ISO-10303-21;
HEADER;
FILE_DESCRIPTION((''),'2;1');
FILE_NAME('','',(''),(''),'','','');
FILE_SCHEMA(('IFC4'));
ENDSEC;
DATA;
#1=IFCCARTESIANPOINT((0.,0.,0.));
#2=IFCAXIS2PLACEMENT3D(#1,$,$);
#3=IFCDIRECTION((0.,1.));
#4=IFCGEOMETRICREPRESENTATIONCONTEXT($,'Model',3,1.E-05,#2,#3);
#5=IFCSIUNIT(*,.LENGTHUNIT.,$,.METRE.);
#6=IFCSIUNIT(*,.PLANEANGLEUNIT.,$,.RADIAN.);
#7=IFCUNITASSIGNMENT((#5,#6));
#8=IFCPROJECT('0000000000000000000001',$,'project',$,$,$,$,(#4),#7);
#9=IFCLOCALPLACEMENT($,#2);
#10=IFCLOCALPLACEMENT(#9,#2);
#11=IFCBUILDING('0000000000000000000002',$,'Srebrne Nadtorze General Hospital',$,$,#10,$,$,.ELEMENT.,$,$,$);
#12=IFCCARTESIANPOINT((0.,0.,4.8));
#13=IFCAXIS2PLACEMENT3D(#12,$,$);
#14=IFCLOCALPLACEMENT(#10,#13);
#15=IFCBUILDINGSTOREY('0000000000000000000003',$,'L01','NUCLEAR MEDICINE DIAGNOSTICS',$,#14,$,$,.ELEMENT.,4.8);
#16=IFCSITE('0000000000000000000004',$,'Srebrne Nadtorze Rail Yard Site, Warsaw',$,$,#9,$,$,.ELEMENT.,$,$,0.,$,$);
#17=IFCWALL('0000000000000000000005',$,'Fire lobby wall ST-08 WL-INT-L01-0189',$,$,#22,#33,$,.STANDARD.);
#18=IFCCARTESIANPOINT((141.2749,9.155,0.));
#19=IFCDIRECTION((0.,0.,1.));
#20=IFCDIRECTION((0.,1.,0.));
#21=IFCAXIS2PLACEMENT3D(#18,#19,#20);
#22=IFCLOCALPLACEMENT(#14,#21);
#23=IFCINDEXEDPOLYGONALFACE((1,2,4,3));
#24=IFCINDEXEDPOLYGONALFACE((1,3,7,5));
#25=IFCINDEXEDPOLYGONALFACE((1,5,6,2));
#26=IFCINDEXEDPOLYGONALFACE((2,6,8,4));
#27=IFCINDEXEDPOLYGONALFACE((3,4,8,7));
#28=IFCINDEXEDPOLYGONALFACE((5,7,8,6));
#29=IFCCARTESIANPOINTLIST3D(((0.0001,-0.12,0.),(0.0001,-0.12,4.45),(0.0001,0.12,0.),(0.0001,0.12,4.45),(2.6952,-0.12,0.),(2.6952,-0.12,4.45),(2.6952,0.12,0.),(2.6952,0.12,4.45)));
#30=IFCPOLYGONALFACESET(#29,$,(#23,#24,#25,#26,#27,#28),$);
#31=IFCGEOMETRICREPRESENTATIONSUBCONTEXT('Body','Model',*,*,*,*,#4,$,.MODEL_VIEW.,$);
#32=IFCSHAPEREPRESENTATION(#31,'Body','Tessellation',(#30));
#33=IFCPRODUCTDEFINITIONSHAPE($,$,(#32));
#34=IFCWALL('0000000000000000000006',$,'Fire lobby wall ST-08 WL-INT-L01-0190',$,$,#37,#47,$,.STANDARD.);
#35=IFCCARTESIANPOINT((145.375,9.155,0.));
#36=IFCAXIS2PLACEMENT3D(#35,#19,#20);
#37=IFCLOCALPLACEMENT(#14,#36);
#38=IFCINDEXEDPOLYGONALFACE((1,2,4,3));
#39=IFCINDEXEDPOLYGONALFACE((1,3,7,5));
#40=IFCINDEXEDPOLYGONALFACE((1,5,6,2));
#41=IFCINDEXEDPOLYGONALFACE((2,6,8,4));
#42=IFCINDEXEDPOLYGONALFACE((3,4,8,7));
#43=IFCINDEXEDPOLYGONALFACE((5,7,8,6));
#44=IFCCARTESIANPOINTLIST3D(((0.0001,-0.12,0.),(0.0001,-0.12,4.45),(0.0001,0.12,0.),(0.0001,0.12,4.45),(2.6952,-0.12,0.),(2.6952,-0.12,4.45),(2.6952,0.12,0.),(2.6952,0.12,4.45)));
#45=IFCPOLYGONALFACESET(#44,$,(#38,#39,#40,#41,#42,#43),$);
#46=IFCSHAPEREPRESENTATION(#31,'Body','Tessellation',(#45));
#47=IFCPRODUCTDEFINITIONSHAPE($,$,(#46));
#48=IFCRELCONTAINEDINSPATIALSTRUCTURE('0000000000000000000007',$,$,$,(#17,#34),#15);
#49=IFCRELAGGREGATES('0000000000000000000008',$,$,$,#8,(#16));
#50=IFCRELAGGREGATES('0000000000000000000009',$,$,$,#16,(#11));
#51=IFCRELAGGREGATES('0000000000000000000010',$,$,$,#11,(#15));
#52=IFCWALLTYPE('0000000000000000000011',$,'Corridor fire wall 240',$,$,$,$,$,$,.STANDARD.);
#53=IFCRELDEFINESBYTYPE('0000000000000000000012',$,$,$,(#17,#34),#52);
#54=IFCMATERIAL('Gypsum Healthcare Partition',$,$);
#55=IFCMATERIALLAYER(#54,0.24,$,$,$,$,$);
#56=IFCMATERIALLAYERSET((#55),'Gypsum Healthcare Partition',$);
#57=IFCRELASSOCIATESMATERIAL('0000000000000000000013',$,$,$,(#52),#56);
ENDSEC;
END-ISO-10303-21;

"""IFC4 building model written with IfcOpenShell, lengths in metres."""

from ifc_helpers import new_model, si_unit, direction, frame, frame_2d, origin, place, context, subcontext, project, spatial, rectangle, extrude, material, layer, layer_set, type_object, element, save


model = new_model("IFC4")

# Units and contexts
model_context = context("Model", 3, precision=1e-05, world=origin(), true_north=direction((0.0, 1.0)))
body_context = subcontext(model_context, "Body", "Model", "MODEL_VIEW")
ifc_project = project(units=[si_unit("LENGTHUNIT", "METRE"), si_unit("PLANEANGLEUNIT", "RADIAN")], contexts=[model_context])

# Site, building, storey
site_placement = place(None, origin())
site = spatial("IfcSite", under=ifc_project, at=site_placement, Name="Srebrne Nadtorze Rail Yard Site, Warsaw", CompositionType="ELEMENT", RefElevation=0.0)
building_placement = place(site_placement, origin())
building = spatial("IfcBuilding", under=site, at=building_placement, Name="Srebrne Nadtorze General Hospital", CompositionType="ELEMENT")
storey_placement = place(building_placement, frame((0.0, 0.0, 4.8)))
storey = spatial("IfcBuildingStorey", under=building, at=storey_placement, Name="L01", Description="NUCLEAR MEDICINE DIAGNOSTICS", CompositionType="ELEMENT", Elevation=4.8)

# Walls
ifc_material_1 = material(Name="Gypsum Healthcare Partition")
ifc_layer_1 = layer(ifc_material_1, 0.24)
ifc_layer_set_1 = layer_set([ifc_layer_1], Name="Gypsum Healthcare Partition")
wall_type_1 = type_object("IfcWallType", Name="Corridor fire wall 240", PredefinedType="STANDARD", material=ifc_layer_set_1)
for number, where, z_axis, x_axis, name in (
    (1, (141.2749, 9.155, 0.0), (0.0, 0.0, 1.0), (0.0, 1.0, 0.0), "Fire lobby wall ST-08 WL-INT-L01-0189"),
    (2, (145.375, 9.155, 0.0), (0.0, 0.0, 1.0), (0.0, 1.0, 0.0), "Fire lobby wall ST-08 WL-INT-L01-0190"),
):
    element("IfcWall", number, at=place(storey_placement, frame(where, z_axis=z_axis, x_axis=x_axis)), inside=storey, type_object=wall_type_1, Name=name, PredefinedType="STANDARD", context=body_context, shape_type="SweptSolid", body=[
        extrude(rectangle(XDim=2.6951, YDim=0.24, at=frame_2d((1.3477, 0.0))), origin(), (0.0, 0.0, 1.0), 4.45),
    ])

save(model, "model.ifc")
